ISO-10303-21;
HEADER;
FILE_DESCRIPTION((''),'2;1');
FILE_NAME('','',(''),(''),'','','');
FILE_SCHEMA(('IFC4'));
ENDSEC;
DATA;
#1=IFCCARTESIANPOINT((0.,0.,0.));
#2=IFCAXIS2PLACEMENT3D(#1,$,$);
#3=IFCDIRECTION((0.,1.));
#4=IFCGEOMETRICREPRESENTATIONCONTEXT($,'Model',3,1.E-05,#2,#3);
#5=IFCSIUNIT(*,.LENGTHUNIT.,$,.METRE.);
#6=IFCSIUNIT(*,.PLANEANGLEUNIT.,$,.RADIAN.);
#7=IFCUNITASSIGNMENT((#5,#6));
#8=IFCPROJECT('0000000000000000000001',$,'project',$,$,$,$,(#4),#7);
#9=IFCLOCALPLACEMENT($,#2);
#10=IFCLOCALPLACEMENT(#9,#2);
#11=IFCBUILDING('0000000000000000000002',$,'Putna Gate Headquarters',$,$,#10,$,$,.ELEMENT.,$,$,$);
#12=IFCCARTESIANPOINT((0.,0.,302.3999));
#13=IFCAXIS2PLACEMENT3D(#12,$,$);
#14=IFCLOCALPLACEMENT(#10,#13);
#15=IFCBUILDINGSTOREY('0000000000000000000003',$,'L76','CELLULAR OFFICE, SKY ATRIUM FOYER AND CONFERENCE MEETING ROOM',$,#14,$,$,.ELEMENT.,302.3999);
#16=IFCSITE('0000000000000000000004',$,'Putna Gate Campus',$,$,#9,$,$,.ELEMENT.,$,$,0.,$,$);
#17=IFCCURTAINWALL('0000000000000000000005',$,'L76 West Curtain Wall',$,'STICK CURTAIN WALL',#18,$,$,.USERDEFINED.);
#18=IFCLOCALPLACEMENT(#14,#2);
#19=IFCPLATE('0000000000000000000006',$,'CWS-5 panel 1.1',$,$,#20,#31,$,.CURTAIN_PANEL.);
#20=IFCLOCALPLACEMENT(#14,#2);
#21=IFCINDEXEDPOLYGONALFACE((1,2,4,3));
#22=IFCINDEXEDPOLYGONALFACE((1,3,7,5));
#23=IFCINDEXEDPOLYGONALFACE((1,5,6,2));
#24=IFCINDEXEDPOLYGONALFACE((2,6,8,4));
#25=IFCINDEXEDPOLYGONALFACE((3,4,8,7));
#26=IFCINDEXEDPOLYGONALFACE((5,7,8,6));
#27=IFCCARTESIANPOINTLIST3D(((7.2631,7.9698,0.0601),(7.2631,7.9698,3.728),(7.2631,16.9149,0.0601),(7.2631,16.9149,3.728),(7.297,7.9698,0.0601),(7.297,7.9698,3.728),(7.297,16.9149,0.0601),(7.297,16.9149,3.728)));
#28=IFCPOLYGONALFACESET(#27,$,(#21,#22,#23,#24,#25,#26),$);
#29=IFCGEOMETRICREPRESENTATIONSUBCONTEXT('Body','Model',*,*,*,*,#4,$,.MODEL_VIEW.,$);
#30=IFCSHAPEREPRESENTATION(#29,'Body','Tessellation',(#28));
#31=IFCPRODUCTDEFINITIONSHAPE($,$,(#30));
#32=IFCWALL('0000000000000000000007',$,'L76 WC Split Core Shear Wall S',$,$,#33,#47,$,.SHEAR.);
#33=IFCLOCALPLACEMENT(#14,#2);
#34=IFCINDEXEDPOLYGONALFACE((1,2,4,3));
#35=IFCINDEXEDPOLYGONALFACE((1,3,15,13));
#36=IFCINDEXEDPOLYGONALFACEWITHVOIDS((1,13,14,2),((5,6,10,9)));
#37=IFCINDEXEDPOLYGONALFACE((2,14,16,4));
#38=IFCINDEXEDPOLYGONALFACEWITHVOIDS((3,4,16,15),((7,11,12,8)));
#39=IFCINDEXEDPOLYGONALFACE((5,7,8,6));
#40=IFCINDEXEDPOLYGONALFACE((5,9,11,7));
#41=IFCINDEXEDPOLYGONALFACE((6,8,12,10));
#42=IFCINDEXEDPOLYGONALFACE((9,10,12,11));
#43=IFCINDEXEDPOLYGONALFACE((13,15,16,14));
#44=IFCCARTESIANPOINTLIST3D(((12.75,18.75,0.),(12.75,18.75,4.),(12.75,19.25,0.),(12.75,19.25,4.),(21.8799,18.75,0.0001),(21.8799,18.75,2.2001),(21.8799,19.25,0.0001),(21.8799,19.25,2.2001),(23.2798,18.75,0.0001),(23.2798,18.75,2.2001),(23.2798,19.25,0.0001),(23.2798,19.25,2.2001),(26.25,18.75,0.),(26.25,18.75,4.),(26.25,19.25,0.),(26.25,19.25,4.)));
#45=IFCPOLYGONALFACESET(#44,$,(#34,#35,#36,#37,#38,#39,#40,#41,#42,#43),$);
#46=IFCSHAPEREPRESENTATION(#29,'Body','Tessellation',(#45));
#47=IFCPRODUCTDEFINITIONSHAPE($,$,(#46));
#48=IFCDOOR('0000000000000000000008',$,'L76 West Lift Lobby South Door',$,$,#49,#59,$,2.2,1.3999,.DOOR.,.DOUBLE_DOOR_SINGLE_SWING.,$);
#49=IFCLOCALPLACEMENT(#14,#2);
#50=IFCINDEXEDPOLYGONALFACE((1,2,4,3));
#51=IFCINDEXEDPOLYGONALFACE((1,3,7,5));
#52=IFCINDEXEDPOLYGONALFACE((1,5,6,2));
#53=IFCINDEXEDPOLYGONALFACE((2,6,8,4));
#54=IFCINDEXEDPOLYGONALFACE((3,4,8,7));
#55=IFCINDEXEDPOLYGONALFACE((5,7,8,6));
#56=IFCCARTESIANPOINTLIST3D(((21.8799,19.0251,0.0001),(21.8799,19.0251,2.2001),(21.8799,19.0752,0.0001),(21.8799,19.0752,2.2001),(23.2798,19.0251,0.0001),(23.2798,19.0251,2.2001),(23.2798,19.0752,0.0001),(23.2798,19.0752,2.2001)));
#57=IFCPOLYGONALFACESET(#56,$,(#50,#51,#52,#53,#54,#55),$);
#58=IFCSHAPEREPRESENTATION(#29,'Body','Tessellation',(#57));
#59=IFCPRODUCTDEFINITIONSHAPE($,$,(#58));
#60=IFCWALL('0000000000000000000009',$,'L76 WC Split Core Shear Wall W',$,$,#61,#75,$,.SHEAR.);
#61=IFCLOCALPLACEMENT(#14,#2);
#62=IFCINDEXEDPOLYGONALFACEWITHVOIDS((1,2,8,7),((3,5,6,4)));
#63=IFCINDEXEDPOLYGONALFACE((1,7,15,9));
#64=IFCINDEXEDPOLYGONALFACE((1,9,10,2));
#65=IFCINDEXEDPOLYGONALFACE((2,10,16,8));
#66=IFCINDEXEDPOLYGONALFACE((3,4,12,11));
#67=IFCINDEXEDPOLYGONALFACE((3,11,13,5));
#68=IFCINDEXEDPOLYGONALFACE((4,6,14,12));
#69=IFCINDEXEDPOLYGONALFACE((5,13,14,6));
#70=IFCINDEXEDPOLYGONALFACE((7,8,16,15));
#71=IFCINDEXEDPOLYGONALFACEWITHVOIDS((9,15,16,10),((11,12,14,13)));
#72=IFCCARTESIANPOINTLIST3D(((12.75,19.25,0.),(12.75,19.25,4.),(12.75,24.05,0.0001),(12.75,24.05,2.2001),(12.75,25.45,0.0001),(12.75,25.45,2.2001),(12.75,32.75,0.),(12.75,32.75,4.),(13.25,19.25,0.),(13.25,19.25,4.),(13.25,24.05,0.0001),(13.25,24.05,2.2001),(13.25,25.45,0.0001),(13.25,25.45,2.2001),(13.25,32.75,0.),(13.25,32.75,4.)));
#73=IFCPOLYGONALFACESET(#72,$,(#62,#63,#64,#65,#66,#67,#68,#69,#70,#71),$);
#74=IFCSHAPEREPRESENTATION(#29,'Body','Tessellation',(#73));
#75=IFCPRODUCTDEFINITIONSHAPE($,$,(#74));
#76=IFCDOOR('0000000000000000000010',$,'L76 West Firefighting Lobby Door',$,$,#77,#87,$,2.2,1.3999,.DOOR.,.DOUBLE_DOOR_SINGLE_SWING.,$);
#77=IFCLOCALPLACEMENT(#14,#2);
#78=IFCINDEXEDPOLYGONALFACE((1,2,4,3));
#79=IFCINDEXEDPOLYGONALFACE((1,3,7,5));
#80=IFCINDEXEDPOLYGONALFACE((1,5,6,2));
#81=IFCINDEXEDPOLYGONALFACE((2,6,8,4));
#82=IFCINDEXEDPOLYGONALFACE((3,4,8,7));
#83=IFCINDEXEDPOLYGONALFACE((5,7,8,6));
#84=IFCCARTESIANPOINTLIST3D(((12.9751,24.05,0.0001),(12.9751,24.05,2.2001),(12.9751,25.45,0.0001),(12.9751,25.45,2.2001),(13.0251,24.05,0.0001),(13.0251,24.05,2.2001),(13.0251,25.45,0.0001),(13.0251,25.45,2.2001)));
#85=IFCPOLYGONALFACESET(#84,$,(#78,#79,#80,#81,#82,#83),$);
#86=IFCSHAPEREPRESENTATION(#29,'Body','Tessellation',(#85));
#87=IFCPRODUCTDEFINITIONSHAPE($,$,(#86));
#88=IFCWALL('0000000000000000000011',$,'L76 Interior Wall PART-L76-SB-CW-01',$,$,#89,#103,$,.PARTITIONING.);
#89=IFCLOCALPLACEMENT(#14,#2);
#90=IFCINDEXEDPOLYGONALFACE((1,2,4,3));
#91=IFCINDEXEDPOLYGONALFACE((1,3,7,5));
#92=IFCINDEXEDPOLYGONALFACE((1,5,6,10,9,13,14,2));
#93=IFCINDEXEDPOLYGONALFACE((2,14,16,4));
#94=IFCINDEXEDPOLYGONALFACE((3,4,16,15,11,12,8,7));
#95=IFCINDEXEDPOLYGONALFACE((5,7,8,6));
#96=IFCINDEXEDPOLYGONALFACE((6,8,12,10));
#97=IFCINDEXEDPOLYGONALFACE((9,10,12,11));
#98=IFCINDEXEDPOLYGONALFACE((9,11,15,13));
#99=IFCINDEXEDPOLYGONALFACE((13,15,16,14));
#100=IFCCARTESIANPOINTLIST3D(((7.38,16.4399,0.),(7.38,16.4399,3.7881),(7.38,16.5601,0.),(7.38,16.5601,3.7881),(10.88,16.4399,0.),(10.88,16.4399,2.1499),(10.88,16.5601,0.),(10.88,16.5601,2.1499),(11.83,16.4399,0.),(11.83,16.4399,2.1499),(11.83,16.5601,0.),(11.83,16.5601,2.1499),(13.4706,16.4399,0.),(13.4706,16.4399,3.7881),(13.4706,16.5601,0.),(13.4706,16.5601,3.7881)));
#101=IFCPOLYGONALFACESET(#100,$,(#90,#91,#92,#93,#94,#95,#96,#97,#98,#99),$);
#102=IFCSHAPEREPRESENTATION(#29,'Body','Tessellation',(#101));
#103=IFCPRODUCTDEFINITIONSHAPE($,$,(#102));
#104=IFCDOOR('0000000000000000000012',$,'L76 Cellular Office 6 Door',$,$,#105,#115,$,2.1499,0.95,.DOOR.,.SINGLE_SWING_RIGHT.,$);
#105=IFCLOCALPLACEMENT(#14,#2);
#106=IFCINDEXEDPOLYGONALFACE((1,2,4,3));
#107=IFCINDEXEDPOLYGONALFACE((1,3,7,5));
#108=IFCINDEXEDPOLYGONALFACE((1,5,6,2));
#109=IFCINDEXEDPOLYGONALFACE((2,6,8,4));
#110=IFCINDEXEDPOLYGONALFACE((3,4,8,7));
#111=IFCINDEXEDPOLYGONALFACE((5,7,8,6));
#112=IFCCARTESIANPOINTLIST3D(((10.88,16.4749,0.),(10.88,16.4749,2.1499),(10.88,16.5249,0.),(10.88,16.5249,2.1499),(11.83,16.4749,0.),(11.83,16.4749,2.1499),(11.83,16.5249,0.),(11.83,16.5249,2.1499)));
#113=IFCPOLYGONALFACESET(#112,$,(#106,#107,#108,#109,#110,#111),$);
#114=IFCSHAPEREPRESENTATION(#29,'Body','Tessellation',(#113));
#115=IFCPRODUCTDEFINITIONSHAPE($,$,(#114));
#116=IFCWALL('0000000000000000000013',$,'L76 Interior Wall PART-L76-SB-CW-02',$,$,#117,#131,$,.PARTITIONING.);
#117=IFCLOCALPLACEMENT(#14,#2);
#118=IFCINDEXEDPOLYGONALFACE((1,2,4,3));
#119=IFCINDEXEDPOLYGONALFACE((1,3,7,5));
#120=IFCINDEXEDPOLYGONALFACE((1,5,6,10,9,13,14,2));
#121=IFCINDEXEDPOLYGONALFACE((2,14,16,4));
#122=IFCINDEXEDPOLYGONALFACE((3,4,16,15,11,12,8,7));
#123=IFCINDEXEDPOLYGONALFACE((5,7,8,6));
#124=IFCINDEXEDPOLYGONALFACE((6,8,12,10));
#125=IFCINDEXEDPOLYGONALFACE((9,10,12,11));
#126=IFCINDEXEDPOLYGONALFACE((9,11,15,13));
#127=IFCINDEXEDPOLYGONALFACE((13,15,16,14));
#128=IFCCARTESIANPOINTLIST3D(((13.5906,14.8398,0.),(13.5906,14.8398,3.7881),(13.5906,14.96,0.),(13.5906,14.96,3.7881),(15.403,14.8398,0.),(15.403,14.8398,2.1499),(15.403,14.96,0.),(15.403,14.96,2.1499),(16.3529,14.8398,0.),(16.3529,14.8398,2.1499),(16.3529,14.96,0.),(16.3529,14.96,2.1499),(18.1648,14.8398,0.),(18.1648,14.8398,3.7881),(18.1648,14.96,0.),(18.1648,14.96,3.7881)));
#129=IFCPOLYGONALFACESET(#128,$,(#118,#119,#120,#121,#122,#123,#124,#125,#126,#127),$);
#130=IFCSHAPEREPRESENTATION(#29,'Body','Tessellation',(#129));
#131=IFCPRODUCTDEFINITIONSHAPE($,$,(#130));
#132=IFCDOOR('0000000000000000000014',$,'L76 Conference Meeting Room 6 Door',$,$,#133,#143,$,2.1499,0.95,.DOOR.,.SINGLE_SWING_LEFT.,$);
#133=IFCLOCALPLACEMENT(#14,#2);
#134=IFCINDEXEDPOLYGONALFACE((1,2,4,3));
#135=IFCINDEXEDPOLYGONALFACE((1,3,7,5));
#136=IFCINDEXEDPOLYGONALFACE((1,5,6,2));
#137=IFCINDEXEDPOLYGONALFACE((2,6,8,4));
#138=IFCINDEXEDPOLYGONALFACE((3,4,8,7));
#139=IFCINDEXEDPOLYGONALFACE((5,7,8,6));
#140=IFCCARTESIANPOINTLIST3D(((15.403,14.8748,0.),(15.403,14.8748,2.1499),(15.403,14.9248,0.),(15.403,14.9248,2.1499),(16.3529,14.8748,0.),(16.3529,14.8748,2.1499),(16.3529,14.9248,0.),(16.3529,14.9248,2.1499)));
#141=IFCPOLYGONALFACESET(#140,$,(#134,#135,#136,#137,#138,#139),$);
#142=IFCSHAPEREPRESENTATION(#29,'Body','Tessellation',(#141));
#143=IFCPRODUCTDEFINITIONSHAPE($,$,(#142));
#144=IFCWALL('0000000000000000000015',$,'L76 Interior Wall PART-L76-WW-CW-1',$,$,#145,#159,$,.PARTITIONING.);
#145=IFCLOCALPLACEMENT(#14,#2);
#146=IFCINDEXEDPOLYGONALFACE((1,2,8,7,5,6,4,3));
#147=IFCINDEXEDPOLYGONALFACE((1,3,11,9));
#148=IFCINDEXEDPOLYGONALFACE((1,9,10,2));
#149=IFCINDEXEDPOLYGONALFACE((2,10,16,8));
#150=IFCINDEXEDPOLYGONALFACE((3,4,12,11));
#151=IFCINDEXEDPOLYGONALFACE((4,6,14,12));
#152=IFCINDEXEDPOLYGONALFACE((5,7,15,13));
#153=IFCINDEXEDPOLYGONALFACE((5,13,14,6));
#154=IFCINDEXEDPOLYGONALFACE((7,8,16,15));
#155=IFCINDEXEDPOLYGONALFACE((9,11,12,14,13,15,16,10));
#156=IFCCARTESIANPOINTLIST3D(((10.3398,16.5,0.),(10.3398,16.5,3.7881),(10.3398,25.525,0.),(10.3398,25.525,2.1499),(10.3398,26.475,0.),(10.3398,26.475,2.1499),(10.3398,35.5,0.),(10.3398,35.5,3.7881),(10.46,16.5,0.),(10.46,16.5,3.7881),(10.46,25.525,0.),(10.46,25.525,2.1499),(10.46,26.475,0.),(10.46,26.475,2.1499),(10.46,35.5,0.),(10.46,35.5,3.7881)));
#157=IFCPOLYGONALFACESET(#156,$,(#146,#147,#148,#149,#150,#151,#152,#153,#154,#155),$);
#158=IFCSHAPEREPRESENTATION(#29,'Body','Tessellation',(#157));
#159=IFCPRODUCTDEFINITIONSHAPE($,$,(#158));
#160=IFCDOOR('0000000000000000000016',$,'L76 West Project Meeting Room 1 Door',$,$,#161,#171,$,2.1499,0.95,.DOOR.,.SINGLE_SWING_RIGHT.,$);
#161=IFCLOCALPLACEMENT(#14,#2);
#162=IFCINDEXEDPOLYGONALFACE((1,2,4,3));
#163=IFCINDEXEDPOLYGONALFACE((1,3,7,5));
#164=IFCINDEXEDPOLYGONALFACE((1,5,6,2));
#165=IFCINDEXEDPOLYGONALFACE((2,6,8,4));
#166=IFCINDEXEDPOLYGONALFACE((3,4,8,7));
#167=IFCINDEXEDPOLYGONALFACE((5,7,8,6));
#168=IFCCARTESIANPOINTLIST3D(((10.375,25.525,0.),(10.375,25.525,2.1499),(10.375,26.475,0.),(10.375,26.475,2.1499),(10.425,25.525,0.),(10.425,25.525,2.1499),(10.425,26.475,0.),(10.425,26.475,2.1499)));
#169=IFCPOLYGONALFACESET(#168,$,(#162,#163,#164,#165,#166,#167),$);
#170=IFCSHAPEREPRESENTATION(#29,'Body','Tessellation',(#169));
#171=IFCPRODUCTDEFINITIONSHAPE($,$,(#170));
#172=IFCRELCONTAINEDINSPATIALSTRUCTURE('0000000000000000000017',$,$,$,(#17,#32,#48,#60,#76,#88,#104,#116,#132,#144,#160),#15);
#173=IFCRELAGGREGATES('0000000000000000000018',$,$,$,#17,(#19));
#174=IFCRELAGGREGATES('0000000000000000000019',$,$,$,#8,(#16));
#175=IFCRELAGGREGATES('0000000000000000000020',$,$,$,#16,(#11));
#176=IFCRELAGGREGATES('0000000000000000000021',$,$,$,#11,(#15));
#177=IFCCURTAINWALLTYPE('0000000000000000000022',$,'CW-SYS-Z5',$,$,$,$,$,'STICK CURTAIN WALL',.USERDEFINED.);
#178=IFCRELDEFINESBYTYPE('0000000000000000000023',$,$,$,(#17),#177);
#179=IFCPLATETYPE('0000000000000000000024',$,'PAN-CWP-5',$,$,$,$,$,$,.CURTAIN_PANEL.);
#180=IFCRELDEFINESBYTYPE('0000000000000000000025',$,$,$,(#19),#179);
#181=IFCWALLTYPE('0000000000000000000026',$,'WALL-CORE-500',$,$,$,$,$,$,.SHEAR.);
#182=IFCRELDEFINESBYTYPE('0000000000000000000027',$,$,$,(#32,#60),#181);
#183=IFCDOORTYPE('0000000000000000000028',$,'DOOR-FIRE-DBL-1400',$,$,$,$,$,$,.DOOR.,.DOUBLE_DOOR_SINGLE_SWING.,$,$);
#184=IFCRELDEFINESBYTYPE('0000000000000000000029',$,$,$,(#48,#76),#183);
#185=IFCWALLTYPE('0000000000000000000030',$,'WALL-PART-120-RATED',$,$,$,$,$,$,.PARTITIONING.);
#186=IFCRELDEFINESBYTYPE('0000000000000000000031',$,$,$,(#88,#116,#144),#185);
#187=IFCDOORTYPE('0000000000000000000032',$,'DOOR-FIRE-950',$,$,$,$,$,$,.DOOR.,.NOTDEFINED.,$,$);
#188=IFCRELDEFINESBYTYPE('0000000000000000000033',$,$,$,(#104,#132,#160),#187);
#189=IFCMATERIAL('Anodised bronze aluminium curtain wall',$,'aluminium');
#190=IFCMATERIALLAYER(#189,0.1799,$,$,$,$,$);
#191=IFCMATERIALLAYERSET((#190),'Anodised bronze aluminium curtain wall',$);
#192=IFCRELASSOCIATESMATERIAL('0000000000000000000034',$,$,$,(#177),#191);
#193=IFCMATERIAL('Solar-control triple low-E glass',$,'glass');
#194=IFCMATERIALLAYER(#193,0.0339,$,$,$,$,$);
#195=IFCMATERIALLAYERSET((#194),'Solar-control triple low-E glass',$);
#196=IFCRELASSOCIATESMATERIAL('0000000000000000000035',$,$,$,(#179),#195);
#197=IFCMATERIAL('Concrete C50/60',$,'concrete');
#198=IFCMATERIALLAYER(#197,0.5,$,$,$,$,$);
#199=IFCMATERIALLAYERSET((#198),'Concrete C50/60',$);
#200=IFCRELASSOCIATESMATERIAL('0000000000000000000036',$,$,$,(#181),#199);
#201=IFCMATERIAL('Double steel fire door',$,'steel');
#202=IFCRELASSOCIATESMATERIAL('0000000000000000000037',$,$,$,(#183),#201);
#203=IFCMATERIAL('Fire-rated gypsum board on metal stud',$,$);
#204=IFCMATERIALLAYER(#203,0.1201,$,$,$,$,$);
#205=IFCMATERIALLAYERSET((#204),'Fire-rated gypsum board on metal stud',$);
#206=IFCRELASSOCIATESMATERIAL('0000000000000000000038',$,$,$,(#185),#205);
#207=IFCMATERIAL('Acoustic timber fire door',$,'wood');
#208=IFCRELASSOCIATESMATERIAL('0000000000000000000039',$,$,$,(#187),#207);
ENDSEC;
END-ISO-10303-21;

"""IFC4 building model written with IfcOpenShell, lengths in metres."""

from ifc_helpers import new_model, si_unit, direction, frame, frame_2d, origin, origin_2d, place, context, subcontext, project, spatial, rectangle, extrude, material, layer, layer_set, type_object, element, fill, aggregate, save


model = new_model("IFC4")

# Units and contexts
model_context = context("Model", 3, precision=1e-05, world=origin(), true_north=direction((0.0, 1.0)))
body_context = subcontext(model_context, "Body", "Model", "MODEL_VIEW")
ifc_project = project(units=[si_unit("LENGTHUNIT", "METRE"), si_unit("PLANEANGLEUNIT", "RADIAN")], contexts=[model_context])

# Site, building, storey
site_placement = place(None, origin())
site = spatial("IfcSite", under=ifc_project, at=site_placement, Name="Putna Gate Campus", CompositionType="ELEMENT", RefElevation=0.0)
building_placement = place(site_placement, origin())
building = spatial("IfcBuilding", under=site, at=building_placement, Name="Putna Gate Headquarters", CompositionType="ELEMENT")
storey_placement = place(building_placement, frame((0.0, 0.0, 302.3999)))
storey = spatial("IfcBuildingStorey", under=building, at=storey_placement, Name="L76", Description="CELLULAR OFFICE, SKY ATRIUM FOYER AND CONFERENCE MEETING ROOM", CompositionType="ELEMENT", Elevation=302.3999)

# Curtain wall, plate
ifc_material_1 = material(Name="Anodised bronze aluminium curtain wall", Category="aluminium")
ifc_layer_1 = layer(ifc_material_1, 0.1799)
ifc_layer_set_1 = layer_set([ifc_layer_1], Name="Anodised bronze aluminium curtain wall")
curtain_wall_type = type_object("IfcCurtainWallType", Name="CW-SYS-Z5", ElementType="STICK CURTAIN WALL", PredefinedType="USERDEFINED", material=ifc_layer_set_1)
curtain_wall_placement = place(storey_placement, origin())
curtain_wall = element("IfcCurtainWall", 1, at=curtain_wall_placement, inside=storey, type_object=curtain_wall_type, Name="L76 West Curtain Wall", ObjectType="STICK CURTAIN WALL", PredefinedType="USERDEFINED")
ifc_material_2 = material(Name="Solar-control triple low-E glass", Category="glass")
ifc_layer_2 = layer(ifc_material_2, 0.0339)
ifc_layer_set_2 = layer_set([ifc_layer_2], Name="Solar-control triple low-E glass")
plate_type = type_object("IfcPlateType", Name="PAN-CWP-5", PredefinedType="CURTAIN_PANEL", material=ifc_layer_set_2)
plate_placement = place(storey_placement, frame((7.28, 12.4424, 0.0601), z_axis=(0.0, 0.0, 1.0), x_axis=(0.0, 1.0, 0.0)))
plate = element("IfcPlate", 2, at=plate_placement, type_object=plate_type, Name="CWS-5 panel 1.1", PredefinedType="CURTAIN_PANEL", context=body_context, shape_type="SweptSolid", body=[
    extrude(rectangle(XDim=8.9451, YDim=0.0339, at=origin_2d()), origin(), (0.0, 0.0, 1.0), 3.668),
])
aggregate(curtain_wall, [plate])

# Walls, openings, doors
ifc_material_3 = material(Name="Concrete C50/60", Category="concrete")
ifc_layer_3 = layer(ifc_material_3, 0.5)
ifc_layer_set_3 = layer_set([ifc_layer_3], Name="Concrete C50/60")
wall_type_1 = type_object("IfcWallType", Name="WALL-CORE-500", PredefinedType="SHEAR", material=ifc_layer_set_3)
wall_1_placement = place(storey_placement, frame((12.75, 19.0, 0.0), z_axis=(0.0, 0.0, 1.0), x_axis=(1.0, 0.0, 0.0)))
wall_1 = element("IfcWall", 3, at=wall_1_placement, inside=storey, type_object=wall_type_1, Name="L76 WC Split Core Shear Wall S", PredefinedType="SHEAR", context=body_context, shape_type="SweptSolid", body=[
    extrude(rectangle(XDim=13.5, YDim=0.5, at=frame_2d((6.75, 0.0))), origin(), (0.0, 0.0, 1.0), 4.0),
])
opening_1_placement = place(wall_1_placement, frame((9.1299, 0.0, 0.0)))
opening_1 = element("IfcOpeningElement", 4, at=opening_1_placement, cuts=wall_1, PredefinedType="OPENING", context=body_context, shape_type="SweptSolid", body=[
    extrude(rectangle(XDim=1.3999, YDim=2.2, at=frame_2d((0.7, 1.1001))), frame((0.0, 0.26, 0.0), z_axis=(0.0, -1.0, 0.0), x_axis=(1.0, 0.0, 0.0)), (0.0, 0.0, 1.0), 0.52),
])
ifc_material_4 = material(Name="Double steel fire door", Category="steel")
door_type_1 = type_object("IfcDoorType", Name="DOOR-FIRE-DBL-1400", OperationType="DOUBLE_DOOR_SINGLE_SWING", PredefinedType="DOOR", material=ifc_material_4)
door_1_placement = place(opening_1_placement, origin())
door_1 = element("IfcDoor", 5, at=door_1_placement, inside=storey, type_object=door_type_1, Name="L76 West Lift Lobby South Door", OperationType="DOUBLE_DOOR_SINGLE_SWING", OverallHeight=2.2, OverallWidth=1.3999, PredefinedType="DOOR", context=body_context, shape_type="SweptSolid", body=[
    extrude(rectangle(XDim=1.3999, YDim=2.2, at=frame_2d((0.7, 1.1001))), frame((0.0, 0.0752, 0.0), z_axis=(0.0, -1.0, 0.0), x_axis=(1.0, 0.0, 0.0)), (0.0, 0.0, 1.0), 0.05),
])
fill(opening_1, door_1)
wall_2_placement = place(storey_placement, frame((13.0, 19.25, 0.0), z_axis=(0.0, 0.0, 1.0), x_axis=(0.0, 1.0, 0.0)))
wall_2 = element("IfcWall", 6, at=wall_2_placement, inside=storey, type_object=wall_type_1, Name="L76 WC Split Core Shear Wall W", PredefinedType="SHEAR", context=body_context, shape_type="SweptSolid", body=[
    extrude(rectangle(XDim=13.5, YDim=0.5, at=frame_2d((6.75, 0.0))), origin(), (0.0, 0.0, 1.0), 4.0),
])
opening_2_placement = place(wall_2_placement, frame((4.8, 0.0, 0.0)))
opening_2 = element("IfcOpeningElement", 7, at=opening_2_placement, cuts=wall_2, PredefinedType="OPENING", context=body_context, shape_type="SweptSolid", body=[
    extrude(rectangle(XDim=1.3999, YDim=2.2, at=frame_2d((0.7, 1.1001))), frame((0.0, 0.26, 0.0), z_axis=(0.0, -1.0, 0.0), x_axis=(1.0, 0.0, 0.0)), (0.0, 0.0, 1.0), 0.52),
])
door_2_placement = place(opening_2_placement, origin())
door_2 = element("IfcDoor", 8, at=door_2_placement, inside=storey, type_object=door_type_1, Name="L76 West Firefighting Lobby Door", OperationType="DOUBLE_DOOR_SINGLE_SWING", OverallHeight=2.2, OverallWidth=1.3999, PredefinedType="DOOR", context=body_context, shape_type="SweptSolid", body=[
    extrude(rectangle(XDim=1.3999, YDim=2.2, at=frame_2d((0.7, 1.1001))), frame((0.0, 0.0249, 0.0), z_axis=(0.0, -1.0, 0.0), x_axis=(1.0, 0.0, 0.0)), (0.0, 0.0, 1.0), 0.05),
])
fill(opening_2, door_2)
ifc_material_5 = material(Name="Fire-rated gypsum board on metal stud")
ifc_layer_4 = layer(ifc_material_5, 0.1201)
ifc_layer_set_4 = layer_set([ifc_layer_4], Name="Fire-rated gypsum board on metal stud")
wall_type_2 = type_object("IfcWallType", Name="WALL-PART-120-RATED", PredefinedType="PARTITIONING", material=ifc_layer_set_4)
wall_3_placement = place(storey_placement, frame((7.3799, 16.5, 0.0), z_axis=(0.0, 0.0, 1.0), x_axis=(1.0, 0.0, 0.0)))
wall_3 = element("IfcWall", 9, at=wall_3_placement, inside=storey, type_object=wall_type_2, Name="L76 Interior Wall PART-L76-SB-CW-01", PredefinedType="PARTITIONING", context=body_context, shape_type="SweptSolid", body=[
    extrude(rectangle(XDim=6.0906, YDim=0.1201, at=frame_2d((3.0454, 0.0))), origin(), (0.0, 0.0, 1.0), 3.7881),
])
opening_3_placement = place(wall_3_placement, frame((3.5, 0.0, 0.0)))
opening_3 = element("IfcOpeningElement", 10, at=opening_3_placement, cuts=wall_3, PredefinedType="OPENING", context=body_context, shape_type="SweptSolid", body=[
    extrude(rectangle(XDim=0.95, YDim=2.1499, at=frame_2d((0.4751, 1.075))), frame((0.0, 0.0701, 0.0), z_axis=(0.0, -1.0, 0.0), x_axis=(1.0, 0.0, 0.0)), (0.0, 0.0, 1.0), 0.1401),
])
ifc_material_6 = material(Name="Acoustic timber fire door", Category="wood")
door_type_2 = type_object("IfcDoorType", Name="DOOR-FIRE-950", OperationType="NOTDEFINED", PredefinedType="DOOR", material=ifc_material_6)
door_3_placement = place(opening_3_placement, origin())
door_3 = element("IfcDoor", 11, at=door_3_placement, inside=storey, type_object=door_type_2, Name="L76 Cellular Office 6 Door", OperationType="SINGLE_SWING_RIGHT", OverallHeight=2.1499, OverallWidth=0.95, PredefinedType="DOOR", context=body_context, shape_type="SweptSolid", body=[
    extrude(rectangle(XDim=0.95, YDim=2.1499, at=frame_2d((0.4751, 1.075))), frame((0.0, 0.0249, 0.0), z_axis=(0.0, -1.0, 0.0), x_axis=(1.0, 0.0, 0.0)), (0.0, 0.0, 1.0), 0.05),
])
fill(opening_3, door_3)
wall_4_placement = place(storey_placement, frame((13.5906, 14.8999, 0.0), z_axis=(0.0, 0.0, 1.0), x_axis=(1.0, 0.0, 0.0)))
wall_4 = element("IfcWall", 12, at=wall_4_placement, inside=storey, type_object=wall_type_2, Name="L76 Interior Wall PART-L76-SB-CW-02", PredefinedType="PARTITIONING", context=body_context, shape_type="SweptSolid", body=[
    extrude(rectangle(XDim=4.5742, YDim=0.1201, at=frame_2d((2.2871, 0.0))), origin(), (0.0, 0.0, 1.0), 3.7881),
])
opening_4_placement = place(wall_4_placement, frame((1.8123, 0.0, 0.0)))
opening_4 = element("IfcOpeningElement", 13, at=opening_4_placement, cuts=wall_4, PredefinedType="OPENING", context=body_context, shape_type="SweptSolid", body=[
    extrude(rectangle(XDim=0.95, YDim=2.1499, at=frame_2d((0.4751, 1.075))), frame((0.0, 0.0701, 0.0), z_axis=(0.0, -1.0, 0.0), x_axis=(1.0, 0.0, 0.0)), (0.0, 0.0, 1.0), 0.1401),
])
door_4_placement = place(opening_4_placement, origin())
door_4 = element("IfcDoor", 14, at=door_4_placement, inside=storey, type_object=door_type_2, Name="L76 Conference Meeting Room 6 Door", OperationType="SINGLE_SWING_LEFT", OverallHeight=2.1499, OverallWidth=0.95, PredefinedType="DOOR", context=body_context, shape_type="SweptSolid", body=[
    extrude(rectangle(XDim=0.95, YDim=2.1499, at=frame_2d((0.4751, 1.075))), frame((0.0, 0.0249, 0.0), z_axis=(0.0, -1.0, 0.0), x_axis=(1.0, 0.0, 0.0)), (0.0, 0.0, 1.0), 0.05),
])
fill(opening_4, door_4)
wall_5_placement = place(storey_placement, frame((10.3999, 16.5, 0.0), z_axis=(0.0, 0.0, 1.0), x_axis=(0.0, 1.0, 0.0)))
wall_5 = element("IfcWall", 15, at=wall_5_placement, inside=storey, type_object=wall_type_2, Name="L76 Interior Wall PART-L76-WW-CW-1", PredefinedType="PARTITIONING", context=body_context, shape_type="SweptSolid", body=[
    extrude(rectangle(XDim=19.0, YDim=0.1201, at=frame_2d((9.5, 0.0))), origin(), (0.0, 0.0, 1.0), 3.7881),
])
opening_5_placement = place(wall_5_placement, frame((9.0249, 0.0, 0.0)))
opening_5 = element("IfcOpeningElement", 16, at=opening_5_placement, cuts=wall_5, PredefinedType="OPENING", context=body_context, shape_type="SweptSolid", body=[
    extrude(rectangle(XDim=0.95, YDim=2.1499, at=frame_2d((0.4751, 1.075))), frame((0.0, 0.0701, 0.0), z_axis=(0.0, -1.0, 0.0), x_axis=(1.0, 0.0, 0.0)), (0.0, 0.0, 1.0), 0.1401),
])
door_5_placement = place(opening_5_placement, origin())
door_5 = element("IfcDoor", 17, at=door_5_placement, inside=storey, type_object=door_type_2, Name="L76 West Project Meeting Room 1 Door", OperationType="SINGLE_SWING_RIGHT", OverallHeight=2.1499, OverallWidth=0.95, PredefinedType="DOOR", context=body_context, shape_type="SweptSolid", body=[
    extrude(rectangle(XDim=0.95, YDim=2.1499, at=frame_2d((0.4751, 1.075))), frame((0.0, 0.0249, 0.0), z_axis=(0.0, -1.0, 0.0), x_axis=(1.0, 0.0, 0.0)), (0.0, 0.0, 1.0), 0.05),
])
fill(opening_5, door_5)

save(model, "model.ifc")
